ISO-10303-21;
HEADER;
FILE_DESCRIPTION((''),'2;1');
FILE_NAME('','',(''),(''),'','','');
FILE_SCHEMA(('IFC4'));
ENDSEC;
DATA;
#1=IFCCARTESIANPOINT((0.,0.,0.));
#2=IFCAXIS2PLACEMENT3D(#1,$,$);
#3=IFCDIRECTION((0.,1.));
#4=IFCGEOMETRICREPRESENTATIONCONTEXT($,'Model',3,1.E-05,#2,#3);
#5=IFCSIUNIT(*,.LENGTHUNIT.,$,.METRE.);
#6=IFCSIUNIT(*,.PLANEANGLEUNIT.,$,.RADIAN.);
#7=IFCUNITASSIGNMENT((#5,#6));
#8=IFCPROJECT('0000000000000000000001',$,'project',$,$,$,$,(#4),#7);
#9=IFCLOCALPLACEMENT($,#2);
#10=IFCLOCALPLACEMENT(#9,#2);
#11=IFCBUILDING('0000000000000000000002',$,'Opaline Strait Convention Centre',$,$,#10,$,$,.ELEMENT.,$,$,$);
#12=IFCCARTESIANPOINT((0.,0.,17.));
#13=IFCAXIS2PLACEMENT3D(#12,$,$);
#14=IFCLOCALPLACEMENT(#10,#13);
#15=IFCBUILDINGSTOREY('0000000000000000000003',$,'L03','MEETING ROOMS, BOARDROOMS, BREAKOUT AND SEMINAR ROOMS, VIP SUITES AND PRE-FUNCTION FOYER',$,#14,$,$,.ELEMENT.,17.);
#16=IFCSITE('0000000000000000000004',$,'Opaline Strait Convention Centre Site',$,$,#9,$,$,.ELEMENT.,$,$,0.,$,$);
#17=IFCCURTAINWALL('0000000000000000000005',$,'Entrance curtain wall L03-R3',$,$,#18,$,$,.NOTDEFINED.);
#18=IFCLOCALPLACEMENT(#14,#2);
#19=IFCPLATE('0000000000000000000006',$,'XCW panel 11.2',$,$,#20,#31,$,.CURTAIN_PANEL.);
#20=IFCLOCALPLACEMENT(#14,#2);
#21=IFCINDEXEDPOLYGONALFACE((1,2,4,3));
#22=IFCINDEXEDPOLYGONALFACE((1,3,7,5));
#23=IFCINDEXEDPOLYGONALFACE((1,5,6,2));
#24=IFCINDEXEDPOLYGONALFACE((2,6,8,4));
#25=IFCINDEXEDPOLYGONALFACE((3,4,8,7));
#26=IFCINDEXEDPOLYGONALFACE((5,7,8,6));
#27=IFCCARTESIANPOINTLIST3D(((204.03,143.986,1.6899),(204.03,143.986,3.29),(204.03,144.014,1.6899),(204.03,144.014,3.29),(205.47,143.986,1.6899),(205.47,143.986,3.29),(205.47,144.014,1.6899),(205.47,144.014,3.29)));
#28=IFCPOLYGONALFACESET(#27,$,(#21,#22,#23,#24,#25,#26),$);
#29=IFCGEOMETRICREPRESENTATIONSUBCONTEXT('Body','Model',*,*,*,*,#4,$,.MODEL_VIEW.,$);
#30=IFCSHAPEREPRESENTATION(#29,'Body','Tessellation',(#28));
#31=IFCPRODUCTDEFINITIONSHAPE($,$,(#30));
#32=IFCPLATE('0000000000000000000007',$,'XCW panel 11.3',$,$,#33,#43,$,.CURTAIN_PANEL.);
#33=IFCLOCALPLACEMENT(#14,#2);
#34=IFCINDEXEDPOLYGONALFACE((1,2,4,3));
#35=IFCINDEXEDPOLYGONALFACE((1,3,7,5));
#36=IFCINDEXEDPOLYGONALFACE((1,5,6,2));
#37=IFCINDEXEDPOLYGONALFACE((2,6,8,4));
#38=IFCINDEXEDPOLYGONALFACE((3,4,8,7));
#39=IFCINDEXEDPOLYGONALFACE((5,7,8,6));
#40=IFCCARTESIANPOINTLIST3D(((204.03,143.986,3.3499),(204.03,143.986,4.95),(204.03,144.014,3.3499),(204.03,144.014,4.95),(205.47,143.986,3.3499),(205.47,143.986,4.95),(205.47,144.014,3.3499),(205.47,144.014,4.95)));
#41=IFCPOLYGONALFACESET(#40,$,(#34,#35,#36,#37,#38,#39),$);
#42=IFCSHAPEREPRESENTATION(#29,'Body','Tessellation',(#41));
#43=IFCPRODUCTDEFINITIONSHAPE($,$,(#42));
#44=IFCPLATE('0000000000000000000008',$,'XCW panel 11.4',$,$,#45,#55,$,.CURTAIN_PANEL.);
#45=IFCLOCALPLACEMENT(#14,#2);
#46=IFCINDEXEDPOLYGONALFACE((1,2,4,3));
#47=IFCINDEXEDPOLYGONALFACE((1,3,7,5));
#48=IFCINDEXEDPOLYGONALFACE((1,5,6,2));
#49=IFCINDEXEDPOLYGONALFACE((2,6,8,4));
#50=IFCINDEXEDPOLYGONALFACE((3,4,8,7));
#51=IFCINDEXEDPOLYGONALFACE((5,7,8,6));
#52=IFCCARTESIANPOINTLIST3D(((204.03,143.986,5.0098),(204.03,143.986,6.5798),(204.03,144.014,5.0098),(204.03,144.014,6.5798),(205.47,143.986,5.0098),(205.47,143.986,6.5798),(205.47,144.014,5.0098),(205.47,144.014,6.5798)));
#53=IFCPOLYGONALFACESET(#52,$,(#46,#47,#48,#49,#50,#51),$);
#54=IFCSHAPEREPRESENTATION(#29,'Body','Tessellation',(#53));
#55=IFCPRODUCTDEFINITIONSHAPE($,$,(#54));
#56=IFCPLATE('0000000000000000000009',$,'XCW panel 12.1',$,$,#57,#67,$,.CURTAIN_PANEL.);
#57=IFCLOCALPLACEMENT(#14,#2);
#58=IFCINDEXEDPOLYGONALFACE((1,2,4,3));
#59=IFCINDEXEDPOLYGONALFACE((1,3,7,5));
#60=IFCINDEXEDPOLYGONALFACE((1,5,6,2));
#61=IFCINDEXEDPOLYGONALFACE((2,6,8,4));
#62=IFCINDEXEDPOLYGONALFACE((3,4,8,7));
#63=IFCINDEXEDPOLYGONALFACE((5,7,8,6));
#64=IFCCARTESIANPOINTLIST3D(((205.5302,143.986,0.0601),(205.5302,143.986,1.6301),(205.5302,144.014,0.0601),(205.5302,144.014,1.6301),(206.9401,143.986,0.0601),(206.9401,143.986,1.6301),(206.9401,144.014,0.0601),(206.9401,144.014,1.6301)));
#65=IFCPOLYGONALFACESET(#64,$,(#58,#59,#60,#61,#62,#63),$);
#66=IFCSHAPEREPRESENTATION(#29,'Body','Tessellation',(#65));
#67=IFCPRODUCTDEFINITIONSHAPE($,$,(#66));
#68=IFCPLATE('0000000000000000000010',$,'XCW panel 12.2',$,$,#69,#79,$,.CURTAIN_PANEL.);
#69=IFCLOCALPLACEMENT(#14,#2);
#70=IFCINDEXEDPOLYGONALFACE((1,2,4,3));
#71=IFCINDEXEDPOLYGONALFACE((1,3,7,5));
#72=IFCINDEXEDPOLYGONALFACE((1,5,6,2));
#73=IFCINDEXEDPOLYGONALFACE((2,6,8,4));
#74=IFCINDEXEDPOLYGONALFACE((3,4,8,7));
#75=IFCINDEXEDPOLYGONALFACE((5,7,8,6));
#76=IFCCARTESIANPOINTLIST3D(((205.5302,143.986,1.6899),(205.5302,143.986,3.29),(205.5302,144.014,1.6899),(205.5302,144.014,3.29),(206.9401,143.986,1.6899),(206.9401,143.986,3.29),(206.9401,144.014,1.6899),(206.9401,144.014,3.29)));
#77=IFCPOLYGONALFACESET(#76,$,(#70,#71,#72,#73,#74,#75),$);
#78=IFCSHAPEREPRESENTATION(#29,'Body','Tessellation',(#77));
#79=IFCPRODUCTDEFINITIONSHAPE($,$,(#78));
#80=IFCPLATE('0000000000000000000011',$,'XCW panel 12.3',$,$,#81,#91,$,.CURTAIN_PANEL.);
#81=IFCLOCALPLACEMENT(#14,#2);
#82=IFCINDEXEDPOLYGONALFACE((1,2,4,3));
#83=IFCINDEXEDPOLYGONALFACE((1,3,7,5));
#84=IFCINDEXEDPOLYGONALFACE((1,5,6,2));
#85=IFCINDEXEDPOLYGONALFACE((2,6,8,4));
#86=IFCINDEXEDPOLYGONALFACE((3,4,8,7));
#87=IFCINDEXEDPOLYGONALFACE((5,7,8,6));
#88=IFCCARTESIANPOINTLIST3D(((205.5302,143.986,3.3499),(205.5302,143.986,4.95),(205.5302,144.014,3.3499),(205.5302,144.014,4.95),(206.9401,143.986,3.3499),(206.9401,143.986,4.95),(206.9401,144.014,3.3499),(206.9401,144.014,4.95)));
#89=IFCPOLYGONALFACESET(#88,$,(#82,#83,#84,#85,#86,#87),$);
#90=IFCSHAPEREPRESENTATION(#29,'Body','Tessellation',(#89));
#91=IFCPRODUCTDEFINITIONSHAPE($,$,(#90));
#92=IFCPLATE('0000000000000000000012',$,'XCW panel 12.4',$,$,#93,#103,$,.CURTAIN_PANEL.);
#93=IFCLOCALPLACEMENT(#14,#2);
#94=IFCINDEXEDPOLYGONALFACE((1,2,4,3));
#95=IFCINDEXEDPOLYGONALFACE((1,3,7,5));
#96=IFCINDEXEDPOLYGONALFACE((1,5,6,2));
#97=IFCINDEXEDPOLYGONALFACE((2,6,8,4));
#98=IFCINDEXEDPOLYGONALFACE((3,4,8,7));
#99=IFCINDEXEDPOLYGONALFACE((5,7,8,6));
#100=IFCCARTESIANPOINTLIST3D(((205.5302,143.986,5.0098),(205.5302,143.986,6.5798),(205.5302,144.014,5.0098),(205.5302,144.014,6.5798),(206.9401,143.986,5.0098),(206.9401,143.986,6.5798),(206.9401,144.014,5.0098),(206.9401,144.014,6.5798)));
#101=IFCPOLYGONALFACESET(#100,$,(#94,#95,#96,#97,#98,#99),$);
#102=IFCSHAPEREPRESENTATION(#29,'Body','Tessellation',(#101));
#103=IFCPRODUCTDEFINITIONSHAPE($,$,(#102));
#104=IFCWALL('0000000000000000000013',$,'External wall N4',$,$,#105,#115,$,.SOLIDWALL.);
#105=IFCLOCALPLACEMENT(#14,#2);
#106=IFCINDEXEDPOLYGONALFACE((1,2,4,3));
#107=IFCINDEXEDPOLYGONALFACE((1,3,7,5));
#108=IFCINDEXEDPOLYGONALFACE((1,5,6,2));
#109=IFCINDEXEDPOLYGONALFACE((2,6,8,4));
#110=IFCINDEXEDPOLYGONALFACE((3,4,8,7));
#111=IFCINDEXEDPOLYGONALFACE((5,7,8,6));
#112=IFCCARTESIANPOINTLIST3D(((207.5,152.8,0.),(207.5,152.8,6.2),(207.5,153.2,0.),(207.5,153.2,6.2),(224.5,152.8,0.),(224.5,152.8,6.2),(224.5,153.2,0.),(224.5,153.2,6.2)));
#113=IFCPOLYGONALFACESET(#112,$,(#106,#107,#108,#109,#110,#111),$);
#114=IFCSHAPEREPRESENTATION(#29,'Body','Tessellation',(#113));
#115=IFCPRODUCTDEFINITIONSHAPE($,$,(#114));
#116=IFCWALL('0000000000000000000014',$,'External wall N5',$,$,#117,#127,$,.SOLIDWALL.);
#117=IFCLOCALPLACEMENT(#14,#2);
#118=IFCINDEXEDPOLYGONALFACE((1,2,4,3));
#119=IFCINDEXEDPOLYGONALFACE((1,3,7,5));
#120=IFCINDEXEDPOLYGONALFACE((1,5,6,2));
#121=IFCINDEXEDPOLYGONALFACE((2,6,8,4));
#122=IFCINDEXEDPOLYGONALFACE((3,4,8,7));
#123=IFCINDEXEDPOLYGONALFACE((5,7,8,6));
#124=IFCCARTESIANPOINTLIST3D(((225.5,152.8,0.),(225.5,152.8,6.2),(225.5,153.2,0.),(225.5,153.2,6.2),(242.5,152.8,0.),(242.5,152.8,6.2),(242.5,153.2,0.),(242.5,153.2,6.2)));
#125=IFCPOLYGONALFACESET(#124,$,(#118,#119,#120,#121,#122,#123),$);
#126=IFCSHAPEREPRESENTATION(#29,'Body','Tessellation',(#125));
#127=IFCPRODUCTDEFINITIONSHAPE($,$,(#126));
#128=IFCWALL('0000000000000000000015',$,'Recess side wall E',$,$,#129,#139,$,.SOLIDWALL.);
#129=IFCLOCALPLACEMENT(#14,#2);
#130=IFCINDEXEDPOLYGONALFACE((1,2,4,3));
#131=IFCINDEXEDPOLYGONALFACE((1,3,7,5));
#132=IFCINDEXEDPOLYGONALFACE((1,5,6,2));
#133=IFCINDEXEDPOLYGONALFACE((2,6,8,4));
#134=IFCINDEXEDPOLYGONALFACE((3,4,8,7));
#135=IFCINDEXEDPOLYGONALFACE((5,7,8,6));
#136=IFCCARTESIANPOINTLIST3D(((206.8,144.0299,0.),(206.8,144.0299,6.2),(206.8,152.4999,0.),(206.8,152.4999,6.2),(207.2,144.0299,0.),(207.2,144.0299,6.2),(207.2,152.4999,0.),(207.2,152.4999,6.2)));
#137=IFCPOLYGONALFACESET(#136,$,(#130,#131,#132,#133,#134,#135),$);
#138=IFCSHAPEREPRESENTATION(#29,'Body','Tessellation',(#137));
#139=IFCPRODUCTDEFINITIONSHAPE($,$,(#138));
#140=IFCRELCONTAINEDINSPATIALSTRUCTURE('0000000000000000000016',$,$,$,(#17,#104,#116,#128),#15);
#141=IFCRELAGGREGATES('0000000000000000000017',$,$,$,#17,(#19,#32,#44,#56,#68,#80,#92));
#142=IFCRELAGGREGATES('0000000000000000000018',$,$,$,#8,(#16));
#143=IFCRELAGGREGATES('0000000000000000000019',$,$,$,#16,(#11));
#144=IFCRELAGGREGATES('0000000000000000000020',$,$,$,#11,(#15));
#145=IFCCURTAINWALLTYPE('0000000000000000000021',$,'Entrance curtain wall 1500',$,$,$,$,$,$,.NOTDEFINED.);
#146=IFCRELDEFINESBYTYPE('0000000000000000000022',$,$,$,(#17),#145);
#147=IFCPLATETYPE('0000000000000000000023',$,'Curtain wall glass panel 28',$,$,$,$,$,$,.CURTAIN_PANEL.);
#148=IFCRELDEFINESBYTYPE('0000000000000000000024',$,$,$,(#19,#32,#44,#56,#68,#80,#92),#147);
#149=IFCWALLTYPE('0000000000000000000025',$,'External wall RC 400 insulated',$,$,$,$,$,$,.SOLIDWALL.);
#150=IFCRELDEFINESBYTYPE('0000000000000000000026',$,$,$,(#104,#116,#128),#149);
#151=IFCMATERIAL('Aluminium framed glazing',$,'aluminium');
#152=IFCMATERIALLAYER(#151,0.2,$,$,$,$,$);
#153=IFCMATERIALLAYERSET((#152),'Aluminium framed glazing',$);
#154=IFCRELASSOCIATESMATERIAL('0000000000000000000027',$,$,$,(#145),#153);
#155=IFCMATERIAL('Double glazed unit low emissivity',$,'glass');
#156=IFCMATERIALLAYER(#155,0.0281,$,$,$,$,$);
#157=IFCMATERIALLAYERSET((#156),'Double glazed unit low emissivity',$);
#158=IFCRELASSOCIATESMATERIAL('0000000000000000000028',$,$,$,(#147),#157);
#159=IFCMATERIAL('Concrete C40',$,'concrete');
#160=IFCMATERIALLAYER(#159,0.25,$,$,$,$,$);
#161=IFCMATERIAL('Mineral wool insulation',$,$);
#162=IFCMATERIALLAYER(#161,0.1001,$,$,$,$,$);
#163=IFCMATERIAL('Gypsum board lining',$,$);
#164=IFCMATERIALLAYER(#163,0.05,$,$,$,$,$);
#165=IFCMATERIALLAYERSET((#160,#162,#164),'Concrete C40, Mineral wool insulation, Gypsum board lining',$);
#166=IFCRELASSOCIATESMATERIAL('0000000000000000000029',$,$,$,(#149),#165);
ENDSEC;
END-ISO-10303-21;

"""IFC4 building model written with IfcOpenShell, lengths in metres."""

from ifc_helpers import new_model, si_unit, direction, frame, frame_2d, origin, origin_2d, place, context, subcontext, project, spatial, rectangle, extrude, material, layer, layer_set, type_object, element, aggregate, save


model = new_model("IFC4")

# Units and contexts
model_context = context("Model", 3, precision=1e-05, world=origin(), true_north=direction((0.0, 1.0)))
body_context = subcontext(model_context, "Body", "Model", "MODEL_VIEW")
ifc_project = project(units=[si_unit("LENGTHUNIT", "METRE"), si_unit("PLANEANGLEUNIT", "RADIAN")], contexts=[model_context])

# Site, building, storey
site_placement = place(None, origin())
site = spatial("IfcSite", under=ifc_project, at=site_placement, Name="Opaline Strait Convention Centre Site", CompositionType="ELEMENT", RefElevation=0.0)
building_placement = place(site_placement, origin())
building = spatial("IfcBuilding", under=site, at=building_placement, Name="Opaline Strait Convention Centre", CompositionType="ELEMENT")
storey_placement = place(building_placement, frame((0.0, 0.0, 17.0)))
storey = spatial("IfcBuildingStorey", under=building, at=storey_placement, Name="L03", Description="MEETING ROOMS, BOARDROOMS, BREAKOUT AND SEMINAR ROOMS, VIP SUITES AND PRE-FUNCTION FOYER", CompositionType="ELEMENT", Elevation=17.0)

# Curtain wall, plates
ifc_material_1 = material(Name="Aluminium framed glazing", Category="aluminium")
ifc_layer_1 = layer(ifc_material_1, 0.2)
ifc_layer_set_1 = layer_set([ifc_layer_1], Name="Aluminium framed glazing")
curtain_wall_type = type_object("IfcCurtainWallType", Name="Entrance curtain wall 1500", PredefinedType="NOTDEFINED", material=ifc_layer_set_1)
curtain_wall_placement = place(storey_placement, origin())
curtain_wall = element("IfcCurtainWall", 1, at=curtain_wall_placement, inside=storey, type_object=curtain_wall_type, Name="Entrance curtain wall L03-R3", PredefinedType="NOTDEFINED")
ifc_material_2 = material(Name="Double glazed unit low emissivity", Category="glass")
ifc_layer_2 = layer(ifc_material_2, 0.0281)
ifc_layer_set_2 = layer_set([ifc_layer_2], Name="Double glazed unit low emissivity")
plate_type = type_object("IfcPlateType", Name="Curtain wall glass panel 28", PredefinedType="CURTAIN_PANEL", material=ifc_layer_set_2)
plate_1_placement = place(storey_placement, frame((204.75, 144.0, 1.6899), z_axis=(0.0, 0.0, 1.0), x_axis=(1.0, 0.0, 0.0)))
plate_1 = element("IfcPlate", 2, at=plate_1_placement, type_object=plate_type, Name="XCW panel 11.2", PredefinedType="CURTAIN_PANEL", context=body_context, shape_type="SweptSolid", body=[
    extrude(rectangle(XDim=1.4399, YDim=0.0281, at=origin_2d()), origin(), (0.0, 0.0, 1.0), 1.6001),
])
plate_2_placement = place(storey_placement, frame((204.75, 144.0, 3.3499), z_axis=(0.0, 0.0, 1.0), x_axis=(1.0, 0.0, 0.0)))
plate_2 = element("IfcPlate", 3, at=plate_2_placement, type_object=plate_type, Name="XCW panel 11.3", PredefinedType="CURTAIN_PANEL", context=body_context, shape_type="SweptSolid", body=[
    extrude(rectangle(XDim=1.4399, YDim=0.0281, at=origin_2d()), origin(), (0.0, 0.0, 1.0), 1.6001),
])
plate_3_placement = place(storey_placement, frame((204.75, 144.0, 5.0098), z_axis=(0.0, 0.0, 1.0), x_axis=(1.0, 0.0, 0.0)))
plate_3 = element("IfcPlate", 4, at=plate_3_placement, type_object=plate_type, Name="XCW panel 11.4", PredefinedType="CURTAIN_PANEL", context=body_context, shape_type="SweptSolid", body=[
    extrude(rectangle(XDim=1.4399, YDim=0.0281, at=origin_2d()), origin(), (0.0, 0.0, 1.0), 1.5701),
])
plate_4_placement = place(storey_placement, frame((206.2351, 144.0, 0.0601), z_axis=(0.0, 0.0, 1.0), x_axis=(1.0, 0.0, 0.0)))
plate_4 = element("IfcPlate", 5, at=plate_4_placement, type_object=plate_type, Name="XCW panel 12.1", PredefinedType="CURTAIN_PANEL", context=body_context, shape_type="SweptSolid", body=[
    extrude(rectangle(XDim=1.4099, YDim=0.0281, at=origin_2d()), origin(), (0.0, 0.0, 1.0), 1.5701),
])
plate_5_placement = place(storey_placement, frame((206.2351, 144.0, 1.6899), z_axis=(0.0, 0.0, 1.0), x_axis=(1.0, 0.0, 0.0)))
plate_5 = element("IfcPlate", 6, at=plate_5_placement, type_object=plate_type, Name="XCW panel 12.2", PredefinedType="CURTAIN_PANEL", context=body_context, shape_type="SweptSolid", body=[
    extrude(rectangle(XDim=1.4099, YDim=0.0281, at=origin_2d()), origin(), (0.0, 0.0, 1.0), 1.6001),
])
plate_6_placement = place(storey_placement, frame((206.2351, 144.0, 3.3499), z_axis=(0.0, 0.0, 1.0), x_axis=(1.0, 0.0, 0.0)))
plate_6 = element("IfcPlate", 7, at=plate_6_placement, type_object=plate_type, Name="XCW panel 12.3", PredefinedType="CURTAIN_PANEL", context=body_context, shape_type="SweptSolid", body=[
    extrude(rectangle(XDim=1.4099, YDim=0.0281, at=origin_2d()), origin(), (0.0, 0.0, 1.0), 1.6001),
])
plate_7_placement = place(storey_placement, frame((206.2351, 144.0, 5.0098), z_axis=(0.0, 0.0, 1.0), x_axis=(1.0, 0.0, 0.0)))
plate_7 = element("IfcPlate", 8, at=plate_7_placement, type_object=plate_type, Name="XCW panel 12.4", PredefinedType="CURTAIN_PANEL", context=body_context, shape_type="SweptSolid", body=[
    extrude(rectangle(XDim=1.4099, YDim=0.0281, at=origin_2d()), origin(), (0.0, 0.0, 1.0), 1.5701),
])
aggregate(curtain_wall, [plate_1, plate_2, plate_3, plate_4, plate_5, plate_6, plate_7])

# Walls
ifc_material_3 = material(Name="Concrete C40", Category="concrete")
ifc_layer_3 = layer(ifc_material_3, 0.25)
ifc_material_4 = material(Name="Mineral wool insulation")
ifc_layer_4 = layer(ifc_material_4, 0.1001)
ifc_material_5 = material(Name="Gypsum board lining")
ifc_layer_5 = layer(ifc_material_5, 0.05)
ifc_layer_set_3 = layer_set([ifc_layer_3, ifc_layer_4, ifc_layer_5], Name="Concrete C40, Mineral wool insulation, Gypsum board lining")
wall_type = type_object("IfcWallType", Name="External wall RC 400 insulated", PredefinedType="SOLIDWALL", material=ifc_layer_set_3)
for number, where, z_axis, x_axis, name in (
    (9, (207.5, 153.0, 0.0), (0.0, 0.0, 1.0), (1.0, 0.0, 0.0), "External wall N4"),
    (10, (225.5, 153.0, 0.0), (0.0, 0.0, 1.0), (1.0, 0.0, 0.0), "External wall N5"),
):
    element("IfcWall", number, at=place(storey_placement, frame(where, z_axis=z_axis, x_axis=x_axis)), inside=storey, type_object=wall_type, Name=name, PredefinedType="SOLIDWALL", context=body_context, shape_type="SweptSolid", body=[
        extrude(rectangle(XDim=17.0, YDim=0.3999, at=frame_2d((8.5, 0.0))), origin(), (0.0, 0.0, 1.0), 6.2),
    ])
wall_placement = place(storey_placement, frame((207.0, 144.03, 0.0), z_axis=(0.0, 0.0, 1.0), x_axis=(0.0, 1.0, 0.0)))
element("IfcWall", 11, at=wall_placement, inside=storey, type_object=wall_type, Name="Recess side wall E", PredefinedType="SOLIDWALL", context=body_context, shape_type="SweptSolid", body=[
    extrude(rectangle(XDim=8.47, YDim=0.3999, at=frame_2d((4.2349, 0.0))), origin(), (0.0, 0.0, 1.0), 6.2),
])

save(model, "model.ifc")
